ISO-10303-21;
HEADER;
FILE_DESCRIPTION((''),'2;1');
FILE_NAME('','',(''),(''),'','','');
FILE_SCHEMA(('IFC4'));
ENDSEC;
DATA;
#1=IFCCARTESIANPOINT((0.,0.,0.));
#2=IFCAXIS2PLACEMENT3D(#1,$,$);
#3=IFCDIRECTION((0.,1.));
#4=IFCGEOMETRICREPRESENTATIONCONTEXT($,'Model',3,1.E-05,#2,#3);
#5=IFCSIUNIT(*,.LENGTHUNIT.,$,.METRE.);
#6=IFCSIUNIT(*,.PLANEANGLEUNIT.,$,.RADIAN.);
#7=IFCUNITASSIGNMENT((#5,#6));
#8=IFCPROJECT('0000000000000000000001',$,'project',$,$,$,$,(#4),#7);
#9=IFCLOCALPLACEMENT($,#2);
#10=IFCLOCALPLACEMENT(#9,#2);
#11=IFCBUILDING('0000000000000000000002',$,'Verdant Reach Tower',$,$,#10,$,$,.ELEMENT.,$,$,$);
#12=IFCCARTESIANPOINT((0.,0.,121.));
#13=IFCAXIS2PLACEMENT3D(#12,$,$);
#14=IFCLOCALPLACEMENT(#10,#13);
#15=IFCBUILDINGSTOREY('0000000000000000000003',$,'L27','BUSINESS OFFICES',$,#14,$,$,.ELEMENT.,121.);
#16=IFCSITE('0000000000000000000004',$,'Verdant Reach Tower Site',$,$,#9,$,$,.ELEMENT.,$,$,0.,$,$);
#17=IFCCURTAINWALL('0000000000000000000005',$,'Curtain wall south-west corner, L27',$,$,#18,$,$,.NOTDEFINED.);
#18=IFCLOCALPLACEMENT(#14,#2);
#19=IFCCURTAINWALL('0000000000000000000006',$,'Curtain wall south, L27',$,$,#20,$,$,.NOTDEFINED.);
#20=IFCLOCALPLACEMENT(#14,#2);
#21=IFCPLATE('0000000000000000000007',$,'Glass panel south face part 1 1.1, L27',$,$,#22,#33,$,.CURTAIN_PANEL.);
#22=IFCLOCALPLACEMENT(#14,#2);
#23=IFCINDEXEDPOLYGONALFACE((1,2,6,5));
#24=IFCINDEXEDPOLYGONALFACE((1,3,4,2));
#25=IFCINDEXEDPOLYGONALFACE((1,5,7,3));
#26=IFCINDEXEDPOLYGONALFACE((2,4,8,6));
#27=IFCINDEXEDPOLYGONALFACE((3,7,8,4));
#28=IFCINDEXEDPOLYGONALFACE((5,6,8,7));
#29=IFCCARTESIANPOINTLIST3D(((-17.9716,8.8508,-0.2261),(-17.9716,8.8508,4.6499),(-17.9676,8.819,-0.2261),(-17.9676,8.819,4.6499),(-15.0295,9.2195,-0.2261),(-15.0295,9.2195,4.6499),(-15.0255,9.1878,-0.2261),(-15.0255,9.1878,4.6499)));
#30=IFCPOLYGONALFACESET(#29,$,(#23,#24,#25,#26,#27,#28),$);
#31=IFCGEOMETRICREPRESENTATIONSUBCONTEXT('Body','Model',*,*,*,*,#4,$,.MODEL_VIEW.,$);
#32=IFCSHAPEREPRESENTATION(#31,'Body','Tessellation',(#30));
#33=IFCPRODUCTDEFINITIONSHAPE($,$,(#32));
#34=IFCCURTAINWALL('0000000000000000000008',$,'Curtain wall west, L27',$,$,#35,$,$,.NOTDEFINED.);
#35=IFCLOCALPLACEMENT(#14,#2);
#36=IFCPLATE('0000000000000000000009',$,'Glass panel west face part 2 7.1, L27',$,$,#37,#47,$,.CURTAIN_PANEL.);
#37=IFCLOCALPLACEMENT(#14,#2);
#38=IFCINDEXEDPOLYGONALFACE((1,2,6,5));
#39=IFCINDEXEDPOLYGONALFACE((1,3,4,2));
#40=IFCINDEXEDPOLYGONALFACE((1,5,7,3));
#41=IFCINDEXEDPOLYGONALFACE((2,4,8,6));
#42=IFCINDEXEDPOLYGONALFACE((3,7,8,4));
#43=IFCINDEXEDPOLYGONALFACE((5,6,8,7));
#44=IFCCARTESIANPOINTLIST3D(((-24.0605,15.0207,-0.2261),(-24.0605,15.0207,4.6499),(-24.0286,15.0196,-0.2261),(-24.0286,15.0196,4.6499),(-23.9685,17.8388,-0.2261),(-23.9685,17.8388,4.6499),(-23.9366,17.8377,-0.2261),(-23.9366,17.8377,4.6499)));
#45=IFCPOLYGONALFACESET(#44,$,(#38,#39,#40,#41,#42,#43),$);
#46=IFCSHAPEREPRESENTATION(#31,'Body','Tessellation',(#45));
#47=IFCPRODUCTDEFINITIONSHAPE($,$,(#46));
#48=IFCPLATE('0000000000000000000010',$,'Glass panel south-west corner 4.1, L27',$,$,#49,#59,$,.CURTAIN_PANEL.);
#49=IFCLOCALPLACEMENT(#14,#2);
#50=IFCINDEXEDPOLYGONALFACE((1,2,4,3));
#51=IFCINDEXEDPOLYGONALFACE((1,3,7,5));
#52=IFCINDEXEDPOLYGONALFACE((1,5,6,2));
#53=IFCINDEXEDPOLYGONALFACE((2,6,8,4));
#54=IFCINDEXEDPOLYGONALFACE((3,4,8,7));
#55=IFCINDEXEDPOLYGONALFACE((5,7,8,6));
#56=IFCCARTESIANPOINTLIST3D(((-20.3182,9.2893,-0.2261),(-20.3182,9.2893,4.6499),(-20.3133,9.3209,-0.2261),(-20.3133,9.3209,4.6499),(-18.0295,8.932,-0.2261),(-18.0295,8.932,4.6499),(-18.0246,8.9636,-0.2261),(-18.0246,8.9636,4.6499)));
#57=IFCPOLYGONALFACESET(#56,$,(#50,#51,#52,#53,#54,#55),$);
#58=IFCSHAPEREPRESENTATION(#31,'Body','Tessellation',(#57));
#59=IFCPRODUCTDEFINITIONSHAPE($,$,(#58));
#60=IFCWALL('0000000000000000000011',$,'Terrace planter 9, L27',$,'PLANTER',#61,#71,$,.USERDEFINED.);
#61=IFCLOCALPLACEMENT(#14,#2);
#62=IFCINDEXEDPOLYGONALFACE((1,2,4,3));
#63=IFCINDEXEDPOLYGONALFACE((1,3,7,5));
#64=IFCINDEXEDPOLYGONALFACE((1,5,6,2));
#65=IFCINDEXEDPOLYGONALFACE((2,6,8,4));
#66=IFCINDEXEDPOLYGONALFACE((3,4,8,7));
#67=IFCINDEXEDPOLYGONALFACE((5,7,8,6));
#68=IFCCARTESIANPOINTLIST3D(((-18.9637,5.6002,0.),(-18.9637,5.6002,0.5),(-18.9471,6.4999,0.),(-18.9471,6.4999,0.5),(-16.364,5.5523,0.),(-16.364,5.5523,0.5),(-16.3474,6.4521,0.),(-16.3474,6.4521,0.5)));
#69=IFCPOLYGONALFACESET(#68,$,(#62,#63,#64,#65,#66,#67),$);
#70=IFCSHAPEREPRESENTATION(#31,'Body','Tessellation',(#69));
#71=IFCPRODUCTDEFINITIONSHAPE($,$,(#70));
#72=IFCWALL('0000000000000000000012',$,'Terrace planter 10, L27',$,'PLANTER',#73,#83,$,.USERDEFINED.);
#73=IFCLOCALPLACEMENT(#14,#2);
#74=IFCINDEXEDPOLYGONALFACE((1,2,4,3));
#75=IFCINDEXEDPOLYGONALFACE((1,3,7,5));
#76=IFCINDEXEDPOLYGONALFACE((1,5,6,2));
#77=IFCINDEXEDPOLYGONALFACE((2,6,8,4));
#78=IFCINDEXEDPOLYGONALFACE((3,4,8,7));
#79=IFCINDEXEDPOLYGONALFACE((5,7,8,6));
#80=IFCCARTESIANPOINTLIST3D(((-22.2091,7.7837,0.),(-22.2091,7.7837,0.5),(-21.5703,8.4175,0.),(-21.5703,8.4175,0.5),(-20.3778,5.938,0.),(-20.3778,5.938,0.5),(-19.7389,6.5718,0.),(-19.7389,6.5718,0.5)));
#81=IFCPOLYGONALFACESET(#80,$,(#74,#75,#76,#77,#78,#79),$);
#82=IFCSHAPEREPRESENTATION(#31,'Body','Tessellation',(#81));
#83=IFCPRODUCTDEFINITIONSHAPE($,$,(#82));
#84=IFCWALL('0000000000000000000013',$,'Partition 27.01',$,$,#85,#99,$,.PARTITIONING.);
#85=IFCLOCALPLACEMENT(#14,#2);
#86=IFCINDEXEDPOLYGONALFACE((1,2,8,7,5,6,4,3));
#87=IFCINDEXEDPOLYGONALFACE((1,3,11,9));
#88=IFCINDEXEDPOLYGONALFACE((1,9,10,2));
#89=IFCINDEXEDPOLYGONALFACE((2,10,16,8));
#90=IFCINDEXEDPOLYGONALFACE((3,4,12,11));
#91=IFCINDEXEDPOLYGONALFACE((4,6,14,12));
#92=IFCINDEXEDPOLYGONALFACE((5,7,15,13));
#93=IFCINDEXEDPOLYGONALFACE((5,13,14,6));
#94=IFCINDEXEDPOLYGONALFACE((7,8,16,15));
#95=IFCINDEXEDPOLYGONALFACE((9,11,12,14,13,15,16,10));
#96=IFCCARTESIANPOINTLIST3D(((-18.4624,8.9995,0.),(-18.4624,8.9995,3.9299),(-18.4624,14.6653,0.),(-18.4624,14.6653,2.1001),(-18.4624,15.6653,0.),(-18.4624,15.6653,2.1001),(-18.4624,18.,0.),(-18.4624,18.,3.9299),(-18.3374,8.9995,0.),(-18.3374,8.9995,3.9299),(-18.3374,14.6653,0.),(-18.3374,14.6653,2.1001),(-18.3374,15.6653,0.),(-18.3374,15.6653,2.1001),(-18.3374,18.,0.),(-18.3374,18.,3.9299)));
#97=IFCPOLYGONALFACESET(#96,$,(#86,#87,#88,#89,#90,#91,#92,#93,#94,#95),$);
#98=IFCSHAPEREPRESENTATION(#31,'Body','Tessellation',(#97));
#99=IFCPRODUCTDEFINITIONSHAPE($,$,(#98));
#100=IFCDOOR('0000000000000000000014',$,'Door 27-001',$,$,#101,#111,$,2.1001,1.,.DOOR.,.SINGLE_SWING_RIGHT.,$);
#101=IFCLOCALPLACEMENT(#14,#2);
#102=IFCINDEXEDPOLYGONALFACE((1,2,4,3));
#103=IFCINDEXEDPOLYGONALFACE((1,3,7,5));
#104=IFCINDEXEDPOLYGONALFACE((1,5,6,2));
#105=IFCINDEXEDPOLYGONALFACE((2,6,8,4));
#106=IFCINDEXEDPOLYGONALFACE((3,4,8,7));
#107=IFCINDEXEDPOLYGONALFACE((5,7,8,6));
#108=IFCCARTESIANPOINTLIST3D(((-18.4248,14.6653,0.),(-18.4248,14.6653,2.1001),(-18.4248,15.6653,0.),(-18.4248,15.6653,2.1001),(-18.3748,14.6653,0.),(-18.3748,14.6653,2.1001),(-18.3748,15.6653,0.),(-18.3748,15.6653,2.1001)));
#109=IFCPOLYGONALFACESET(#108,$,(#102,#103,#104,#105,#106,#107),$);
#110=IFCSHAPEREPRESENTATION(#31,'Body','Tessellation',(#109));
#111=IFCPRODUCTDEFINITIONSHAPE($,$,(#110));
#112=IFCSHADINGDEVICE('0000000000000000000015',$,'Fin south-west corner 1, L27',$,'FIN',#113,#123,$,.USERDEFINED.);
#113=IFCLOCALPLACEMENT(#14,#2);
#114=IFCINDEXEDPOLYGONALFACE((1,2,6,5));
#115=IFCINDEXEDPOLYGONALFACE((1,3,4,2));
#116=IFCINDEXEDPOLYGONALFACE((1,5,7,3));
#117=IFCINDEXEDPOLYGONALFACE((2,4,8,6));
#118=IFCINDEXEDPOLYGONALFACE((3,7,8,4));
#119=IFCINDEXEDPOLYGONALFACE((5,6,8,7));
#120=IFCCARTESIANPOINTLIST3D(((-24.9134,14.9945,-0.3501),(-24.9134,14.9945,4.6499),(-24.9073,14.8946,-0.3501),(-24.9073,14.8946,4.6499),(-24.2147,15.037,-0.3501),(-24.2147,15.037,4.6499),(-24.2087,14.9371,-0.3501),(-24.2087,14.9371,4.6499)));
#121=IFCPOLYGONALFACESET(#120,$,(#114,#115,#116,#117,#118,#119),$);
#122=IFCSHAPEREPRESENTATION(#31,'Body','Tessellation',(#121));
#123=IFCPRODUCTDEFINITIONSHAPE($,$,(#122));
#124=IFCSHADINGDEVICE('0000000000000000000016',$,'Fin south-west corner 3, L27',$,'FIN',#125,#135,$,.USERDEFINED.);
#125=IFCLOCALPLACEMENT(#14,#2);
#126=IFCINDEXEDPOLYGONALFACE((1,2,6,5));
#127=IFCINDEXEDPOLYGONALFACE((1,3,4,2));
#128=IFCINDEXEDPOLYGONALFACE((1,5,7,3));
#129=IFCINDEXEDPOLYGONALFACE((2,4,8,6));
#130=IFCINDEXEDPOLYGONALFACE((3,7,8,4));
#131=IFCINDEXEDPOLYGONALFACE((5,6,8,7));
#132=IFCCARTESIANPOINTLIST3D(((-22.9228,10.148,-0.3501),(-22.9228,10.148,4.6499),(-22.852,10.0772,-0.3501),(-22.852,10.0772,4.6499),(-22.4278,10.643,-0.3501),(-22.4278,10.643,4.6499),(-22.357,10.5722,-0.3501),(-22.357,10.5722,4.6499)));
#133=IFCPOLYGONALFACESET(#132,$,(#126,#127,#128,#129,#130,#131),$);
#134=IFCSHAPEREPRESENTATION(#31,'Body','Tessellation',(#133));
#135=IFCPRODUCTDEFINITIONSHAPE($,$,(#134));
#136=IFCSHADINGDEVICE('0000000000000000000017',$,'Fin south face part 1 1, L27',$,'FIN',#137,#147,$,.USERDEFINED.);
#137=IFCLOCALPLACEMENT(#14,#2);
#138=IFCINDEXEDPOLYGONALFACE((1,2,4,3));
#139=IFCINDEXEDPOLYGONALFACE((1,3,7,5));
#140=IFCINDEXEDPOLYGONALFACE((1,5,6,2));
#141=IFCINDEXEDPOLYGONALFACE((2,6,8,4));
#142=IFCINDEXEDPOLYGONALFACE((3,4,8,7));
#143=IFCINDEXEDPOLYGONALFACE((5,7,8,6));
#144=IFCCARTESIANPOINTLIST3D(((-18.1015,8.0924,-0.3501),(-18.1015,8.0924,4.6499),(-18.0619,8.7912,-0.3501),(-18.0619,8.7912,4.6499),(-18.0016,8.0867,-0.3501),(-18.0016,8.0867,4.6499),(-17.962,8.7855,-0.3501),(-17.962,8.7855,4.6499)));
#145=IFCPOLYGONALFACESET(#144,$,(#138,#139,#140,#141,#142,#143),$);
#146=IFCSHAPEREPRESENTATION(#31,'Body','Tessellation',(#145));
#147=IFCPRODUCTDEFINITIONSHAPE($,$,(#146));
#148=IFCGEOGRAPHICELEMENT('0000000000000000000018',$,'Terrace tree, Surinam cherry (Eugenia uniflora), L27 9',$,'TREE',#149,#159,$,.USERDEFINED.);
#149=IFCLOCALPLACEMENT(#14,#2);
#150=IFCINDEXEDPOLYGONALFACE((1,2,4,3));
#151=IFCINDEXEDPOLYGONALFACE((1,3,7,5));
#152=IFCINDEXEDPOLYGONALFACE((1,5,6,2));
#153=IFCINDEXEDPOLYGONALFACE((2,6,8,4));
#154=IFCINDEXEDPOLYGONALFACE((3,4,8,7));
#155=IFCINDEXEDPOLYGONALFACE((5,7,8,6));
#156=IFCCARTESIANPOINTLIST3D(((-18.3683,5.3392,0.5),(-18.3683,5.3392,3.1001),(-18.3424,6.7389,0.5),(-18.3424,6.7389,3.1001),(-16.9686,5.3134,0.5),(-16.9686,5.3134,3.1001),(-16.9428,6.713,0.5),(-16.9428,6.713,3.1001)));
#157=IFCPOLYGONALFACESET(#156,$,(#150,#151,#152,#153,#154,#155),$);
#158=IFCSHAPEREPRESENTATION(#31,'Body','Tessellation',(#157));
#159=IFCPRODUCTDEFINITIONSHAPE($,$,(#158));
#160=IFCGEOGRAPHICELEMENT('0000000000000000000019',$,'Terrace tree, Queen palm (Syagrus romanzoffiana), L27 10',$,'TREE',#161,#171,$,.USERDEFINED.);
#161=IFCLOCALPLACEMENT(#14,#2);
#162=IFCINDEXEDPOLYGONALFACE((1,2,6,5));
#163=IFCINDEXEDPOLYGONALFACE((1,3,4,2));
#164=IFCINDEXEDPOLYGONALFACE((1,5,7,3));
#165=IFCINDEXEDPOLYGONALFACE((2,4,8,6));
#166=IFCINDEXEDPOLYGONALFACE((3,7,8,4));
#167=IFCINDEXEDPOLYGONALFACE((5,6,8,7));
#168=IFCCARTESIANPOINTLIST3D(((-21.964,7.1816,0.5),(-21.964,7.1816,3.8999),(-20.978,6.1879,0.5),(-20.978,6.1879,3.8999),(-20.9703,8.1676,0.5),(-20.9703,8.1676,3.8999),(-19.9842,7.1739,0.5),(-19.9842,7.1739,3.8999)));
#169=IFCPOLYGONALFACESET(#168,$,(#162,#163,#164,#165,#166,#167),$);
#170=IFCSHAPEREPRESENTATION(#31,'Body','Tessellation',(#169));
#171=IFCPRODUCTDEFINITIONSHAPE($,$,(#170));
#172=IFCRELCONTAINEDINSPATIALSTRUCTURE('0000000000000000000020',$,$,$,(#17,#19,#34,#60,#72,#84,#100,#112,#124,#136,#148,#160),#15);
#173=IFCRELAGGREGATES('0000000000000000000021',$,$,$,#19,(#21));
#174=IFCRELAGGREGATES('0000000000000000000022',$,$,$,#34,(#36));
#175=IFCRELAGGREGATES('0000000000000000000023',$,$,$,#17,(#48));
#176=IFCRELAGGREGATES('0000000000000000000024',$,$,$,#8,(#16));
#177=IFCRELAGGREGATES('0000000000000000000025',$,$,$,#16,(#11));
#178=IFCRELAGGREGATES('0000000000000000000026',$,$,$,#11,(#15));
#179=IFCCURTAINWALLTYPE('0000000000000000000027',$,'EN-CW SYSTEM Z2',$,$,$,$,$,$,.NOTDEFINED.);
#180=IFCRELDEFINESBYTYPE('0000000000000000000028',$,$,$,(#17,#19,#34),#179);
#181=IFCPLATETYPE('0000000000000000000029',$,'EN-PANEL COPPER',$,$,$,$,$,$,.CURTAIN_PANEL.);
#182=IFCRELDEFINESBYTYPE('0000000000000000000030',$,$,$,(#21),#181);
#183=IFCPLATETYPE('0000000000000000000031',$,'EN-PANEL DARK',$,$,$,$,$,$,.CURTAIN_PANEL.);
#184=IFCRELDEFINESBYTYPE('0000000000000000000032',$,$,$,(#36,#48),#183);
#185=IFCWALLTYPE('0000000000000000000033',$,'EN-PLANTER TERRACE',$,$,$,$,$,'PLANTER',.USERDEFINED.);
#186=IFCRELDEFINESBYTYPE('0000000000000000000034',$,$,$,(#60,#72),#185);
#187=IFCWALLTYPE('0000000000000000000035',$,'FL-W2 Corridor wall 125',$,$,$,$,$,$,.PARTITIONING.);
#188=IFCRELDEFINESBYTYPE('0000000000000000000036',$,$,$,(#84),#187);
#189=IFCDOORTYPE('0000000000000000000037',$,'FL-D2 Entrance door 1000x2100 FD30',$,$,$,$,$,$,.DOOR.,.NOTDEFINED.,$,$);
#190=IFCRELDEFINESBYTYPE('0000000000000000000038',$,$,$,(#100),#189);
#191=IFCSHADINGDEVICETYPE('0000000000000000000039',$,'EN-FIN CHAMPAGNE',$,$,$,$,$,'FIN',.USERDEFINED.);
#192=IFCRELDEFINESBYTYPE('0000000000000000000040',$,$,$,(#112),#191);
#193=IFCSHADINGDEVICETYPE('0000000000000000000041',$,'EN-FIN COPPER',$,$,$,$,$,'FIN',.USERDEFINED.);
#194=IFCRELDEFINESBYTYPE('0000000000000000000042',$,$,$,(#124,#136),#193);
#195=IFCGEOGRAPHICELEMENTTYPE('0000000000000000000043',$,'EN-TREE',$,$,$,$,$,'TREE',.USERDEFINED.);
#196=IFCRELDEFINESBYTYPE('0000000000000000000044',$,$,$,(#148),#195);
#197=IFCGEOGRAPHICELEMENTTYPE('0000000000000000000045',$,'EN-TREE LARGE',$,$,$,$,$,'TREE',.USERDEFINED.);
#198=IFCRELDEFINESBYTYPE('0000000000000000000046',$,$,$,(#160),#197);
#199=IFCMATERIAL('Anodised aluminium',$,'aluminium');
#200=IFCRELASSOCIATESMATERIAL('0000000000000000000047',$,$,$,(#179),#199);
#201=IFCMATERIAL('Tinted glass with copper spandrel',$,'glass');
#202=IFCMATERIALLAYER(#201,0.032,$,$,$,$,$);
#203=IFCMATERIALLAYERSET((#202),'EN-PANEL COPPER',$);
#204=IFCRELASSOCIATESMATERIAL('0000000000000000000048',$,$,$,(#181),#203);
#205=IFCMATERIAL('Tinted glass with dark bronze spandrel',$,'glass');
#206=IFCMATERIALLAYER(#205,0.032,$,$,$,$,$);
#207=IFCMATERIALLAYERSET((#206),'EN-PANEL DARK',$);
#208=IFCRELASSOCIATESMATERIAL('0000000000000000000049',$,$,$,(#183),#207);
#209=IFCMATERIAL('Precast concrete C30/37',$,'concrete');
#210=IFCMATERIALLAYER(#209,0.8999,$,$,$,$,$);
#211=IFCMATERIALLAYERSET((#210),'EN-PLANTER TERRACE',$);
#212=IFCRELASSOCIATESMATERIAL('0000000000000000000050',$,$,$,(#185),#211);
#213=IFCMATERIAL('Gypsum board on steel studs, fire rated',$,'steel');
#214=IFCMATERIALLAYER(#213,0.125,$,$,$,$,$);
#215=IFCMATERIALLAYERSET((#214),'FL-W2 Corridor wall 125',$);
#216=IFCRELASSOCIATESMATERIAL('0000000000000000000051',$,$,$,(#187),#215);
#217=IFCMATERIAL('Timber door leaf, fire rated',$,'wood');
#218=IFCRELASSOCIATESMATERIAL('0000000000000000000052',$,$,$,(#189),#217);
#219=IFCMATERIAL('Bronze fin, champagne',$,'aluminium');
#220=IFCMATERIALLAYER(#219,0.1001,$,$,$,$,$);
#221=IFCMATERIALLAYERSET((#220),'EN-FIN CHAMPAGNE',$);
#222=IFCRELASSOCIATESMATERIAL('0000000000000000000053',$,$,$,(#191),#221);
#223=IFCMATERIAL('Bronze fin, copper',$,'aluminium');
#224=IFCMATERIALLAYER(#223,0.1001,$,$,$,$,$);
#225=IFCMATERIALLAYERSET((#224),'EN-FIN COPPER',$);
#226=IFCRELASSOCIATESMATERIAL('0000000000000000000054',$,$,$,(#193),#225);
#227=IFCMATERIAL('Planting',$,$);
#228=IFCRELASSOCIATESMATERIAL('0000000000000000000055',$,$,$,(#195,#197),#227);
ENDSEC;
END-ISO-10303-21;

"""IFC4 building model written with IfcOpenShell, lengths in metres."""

from ifc_helpers import new_model, si_unit, direction, frame, frame_2d, origin, origin_2d, place, context, subcontext, project, spatial, rectangle, extrude, material, layer, layer_set, type_object, element, fill, aggregate, save


model = new_model("IFC4")

# Units and contexts
model_context = context("Model", 3, precision=1e-05, world=origin(), true_north=direction((0.0, 1.0)))
body_context = subcontext(model_context, "Body", "Model", "MODEL_VIEW")
ifc_project = project(units=[si_unit("LENGTHUNIT", "METRE"), si_unit("PLANEANGLEUNIT", "RADIAN")], contexts=[model_context])

# Site, building, storey
site_placement = place(None, origin())
site = spatial("IfcSite", under=ifc_project, at=site_placement, Name="Verdant Reach Tower Site", CompositionType="ELEMENT", RefElevation=0.0)
building_placement = place(site_placement, origin())
building = spatial("IfcBuilding", under=site, at=building_placement, Name="Verdant Reach Tower", CompositionType="ELEMENT")
storey_placement = place(building_placement, frame((0.0, 0.0, 121.0)))
storey = spatial("IfcBuildingStorey", under=building, at=storey_placement, Name="L27", Description="BUSINESS OFFICES", CompositionType="ELEMENT", Elevation=121.0)

# Curtain walls
ifc_material_1 = material(Name="Anodised aluminium", Category="aluminium")
curtain_wall_type = type_object("IfcCurtainWallType", Name="EN-CW SYSTEM Z2", PredefinedType="NOTDEFINED", material=ifc_material_1)
curtain_wall_1_placement = place(storey_placement, origin())
curtain_wall_1 = element("IfcCurtainWall", 1, at=curtain_wall_1_placement, inside=storey, type_object=curtain_wall_type, Name="Curtain wall south-west corner, L27", PredefinedType="NOTDEFINED")
curtain_wall_2_placement = place(storey_placement, origin())
curtain_wall_2 = element("IfcCurtainWall", 2, at=curtain_wall_2_placement, inside=storey, type_object=curtain_wall_type, Name="Curtain wall south, L27", PredefinedType="NOTDEFINED")

# Plate
ifc_material_2 = material(Name="Tinted glass with copper spandrel", Category="glass")
ifc_layer_1 = layer(ifc_material_2, 0.032)
ifc_layer_set_1 = layer_set([ifc_layer_1], Name="EN-PANEL COPPER")
plate_type_1 = type_object("IfcPlateType", Name="EN-PANEL COPPER", PredefinedType="CURTAIN_PANEL", material=ifc_layer_set_1)
plate_1_placement = place(storey_placement, frame((-16.4985, 9.0193, -0.2261), z_axis=(0.0, 0.0, 1.0), x_axis=(0.992237, 0.124365, 0.0)))
plate_1 = element("IfcPlate", 3, at=plate_1_placement, type_object=plate_type_1, Name="Glass panel south face part 1 1.1, L27", PredefinedType="CURTAIN_PANEL", context=body_context, shape_type="SweptSolid", body=[
    extrude(rectangle(XDim=2.9651, YDim=0.032, at=origin_2d()), origin(), (0.0, 0.0, 1.0), 4.876),
])
aggregate(curtain_wall_2, [plate_1])

# Curtain wall, plate
curtain_wall_3_placement = place(storey_placement, origin())
curtain_wall_3 = element("IfcCurtainWall", 4, at=curtain_wall_3_placement, inside=storey, type_object=curtain_wall_type, Name="Curtain wall west, L27", PredefinedType="NOTDEFINED")
ifc_material_3 = material(Name="Tinted glass with dark bronze spandrel", Category="glass")
ifc_layer_2 = layer(ifc_material_3, 0.032)
ifc_layer_set_2 = layer_set([ifc_layer_2], Name="EN-PANEL DARK")
plate_type_2 = type_object("IfcPlateType", Name="EN-PANEL DARK", PredefinedType="CURTAIN_PANEL", material=ifc_layer_set_2)
plate_2_placement = place(storey_placement, frame((-23.9985, 16.4292, -0.2261), z_axis=(0.0, 0.0, 1.0), x_axis=(-0.032628, -0.999468, 0.0)))
plate_2 = element("IfcPlate", 5, at=plate_2_placement, type_object=plate_type_2, Name="Glass panel west face part 2 7.1, L27", PredefinedType="CURTAIN_PANEL", context=body_context, shape_type="SweptSolid", body=[
    extrude(rectangle(XDim=2.8196, YDim=0.032, at=origin_2d()), origin(), (0.0, 0.0, 1.0), 4.876),
])
aggregate(curtain_wall_3, [plate_2])

# Plate
plate_3_placement = place(storey_placement, frame((-19.1714, 9.1265, -0.2261), z_axis=(0.0, 0.0, 1.0), x_axis=(0.988031, -0.154256, 0.0)))
plate_3 = element("IfcPlate", 6, at=plate_3_placement, type_object=plate_type_2, Name="Glass panel south-west corner 4.1, L27", PredefinedType="CURTAIN_PANEL", context=body_context, shape_type="SweptSolid", body=[
    extrude(rectangle(XDim=2.3164, YDim=0.032, at=origin_2d()), origin(), (0.0, 0.0, 1.0), 4.876),
])
aggregate(curtain_wall_1, [plate_3])

# Walls
ifc_material_4 = material(Name="Precast concrete C30/37", Category="concrete")
ifc_layer_3 = layer(ifc_material_4, 0.8999)
ifc_layer_set_3 = layer_set([ifc_layer_3], Name="EN-PLANTER TERRACE")
wall_type_1 = type_object("IfcWallType", Name="EN-PLANTER TERRACE", ElementType="PLANTER", PredefinedType="USERDEFINED", material=ifc_layer_set_3)
for number, where, z_axis, x_axis, name in (
    (7, (-16.3557, 6.0022, 0.0), (0.0, 0.0, 1.0), (-0.999831, 0.018404, 0.0), "Terrace planter 9, L27"),
    (8, (-20.0583, 6.2549, 0.0), (0.0, 0.0, 1.0), (-0.704331, 0.709871, 0.0), "Terrace planter 10, L27"),
):
    element("IfcWall", number, at=place(storey_placement, frame(where, z_axis=z_axis, x_axis=x_axis)), inside=storey, type_object=wall_type_1, Name=name, ObjectType="PLANTER", PredefinedType="USERDEFINED", context=body_context, shape_type="SweptSolid", body=[
        extrude(rectangle(XDim=2.6001, YDim=0.8999, at=frame_2d((1.3, 0.0))), origin(), (0.0, 0.0, 1.0), 0.5),
    ])

# Wall, opening, door
ifc_material_5 = material(Name="Gypsum board on steel studs, fire rated", Category="steel")
ifc_layer_4 = layer(ifc_material_5, 0.125)
ifc_layer_set_4 = layer_set([ifc_layer_4], Name="FL-W2 Corridor wall 125")
wall_type_2 = type_object("IfcWallType", Name="FL-W2 Corridor wall 125", PredefinedType="PARTITIONING", material=ifc_layer_set_4)
wall_placement = place(storey_placement, frame((-18.3999, 8.9995, 0.0), z_axis=(0.0, 0.0, 1.0), x_axis=(0.0, 1.0, 0.0)))
wall = element("IfcWall", 9, at=wall_placement, inside=storey, type_object=wall_type_2, Name="Partition 27.01", PredefinedType="PARTITIONING", context=body_context, shape_type="SweptSolid", body=[
    extrude(rectangle(XDim=9.0005, YDim=0.125, at=frame_2d((4.5002, 0.0))), origin(), (0.0, 0.0, 1.0), 3.9299),
])
opening_placement = place(wall_placement, frame((5.6658, 0.0, 0.0)))
opening = element("IfcOpeningElement", 10, at=opening_placement, cuts=wall, PredefinedType="OPENING", context=body_context, shape_type="SweptSolid", body=[
    extrude(rectangle(XDim=1.0, YDim=2.1001, at=frame_2d((0.5, 1.05))), frame((0.0, 0.0725, 0.0), z_axis=(0.0, -1.0, 0.0), x_axis=(1.0, 0.0, 0.0)), (0.0, 0.0, 1.0), 0.145),
])
ifc_material_6 = material(Name="Timber door leaf, fire rated", Category="wood")
door_type = type_object("IfcDoorType", Name="FL-D2 Entrance door 1000x2100 FD30", OperationType="NOTDEFINED", PredefinedType="DOOR", material=ifc_material_6)
door_placement = place(opening_placement, origin())
door = element("IfcDoor", 11, at=door_placement, inside=storey, type_object=door_type, Name="Door 27-001", OperationType="SINGLE_SWING_RIGHT", OverallHeight=2.1001, OverallWidth=1.0, PredefinedType="DOOR", context=body_context, shape_type="SweptSolid", body=[
    extrude(rectangle(XDim=1.0, YDim=2.1001, at=frame_2d((0.5, 1.05))), frame((0.0, 0.0249, 0.0), z_axis=(0.0, -1.0, 0.0), x_axis=(1.0, 0.0, 0.0)), (0.0, 0.0, 1.0), 0.05),
])
fill(opening, door)

# Shading devices
ifc_material_7 = material(Name="Bronze fin, champagne", Category="aluminium")
ifc_layer_5 = layer(ifc_material_7, 0.1001)
ifc_layer_set_5 = layer_set([ifc_layer_5], Name="EN-FIN CHAMPAGNE")
shading_device_type_1 = type_object("IfcShadingDeviceType", Name="EN-FIN CHAMPAGNE", ElementType="FIN", PredefinedType="USERDEFINED", material=ifc_layer_set_5)
shading_device_placement = place(storey_placement, frame((-24.561, 14.9658, -0.3501), z_axis=(0.0, 0.0, 1.0), x_axis=(0.060703, -0.998156, 0.0)))
element("IfcShadingDevice", 12, at=shading_device_placement, inside=storey, type_object=shading_device_type_1, Name="Fin south-west corner 1, L27", ObjectType="FIN", PredefinedType="USERDEFINED", context=body_context, shape_type="SweptSolid", body=[
    extrude(rectangle(XDim=0.1001, YDim=0.7, at=origin_2d()), origin(), (0.0, 0.0, 1.0), 5.0),
])
ifc_material_8 = material(Name="Bronze fin, copper", Category="aluminium")
ifc_layer_6 = layer(ifc_material_8, 0.1001)
ifc_layer_set_6 = layer_set([ifc_layer_6], Name="EN-FIN COPPER")
shading_device_type_2 = type_object("IfcShadingDeviceType", Name="EN-FIN COPPER", ElementType="FIN", PredefinedType="USERDEFINED", material=ifc_layer_set_6)
for number, where, z_axis, x_axis, name in (
    (13, (-22.6399, 10.3601, -0.3501), (0.0, 0.0, 1.0), (0.707107, -0.707107, 0.0), "Fin south-west corner 3, L27"),
    (14, (-18.0317, 8.439, -0.3501), (0.0, 0.0, 1.0), (0.998399, -0.056569, 0.0), "Fin south face part 1 1, L27"),
):
    element("IfcShadingDevice", number, at=place(storey_placement, frame(where, z_axis=z_axis, x_axis=x_axis)), inside=storey, type_object=shading_device_type_2, Name=name, ObjectType="FIN", PredefinedType="USERDEFINED", context=body_context, shape_type="SweptSolid", body=[
        extrude(rectangle(XDim=0.1001, YDim=0.7, at=origin_2d()), origin(), (0.0, 0.0, 1.0), 5.0),
    ])

# Geographic elements
ifc_material_9 = material(Name="Planting")
geographic_element_type_1 = type_object("IfcGeographicElementType", Name="EN-TREE", ElementType="TREE", PredefinedType="USERDEFINED", material=ifc_material_9)
geographic_element_1_placement = place(storey_placement, frame((-17.6555, 6.0261, 0.5), z_axis=(0.0, 0.0, 1.0), x_axis=(-0.99983, 0.018449, 0.0)))
element("IfcGeographicElement", 15, at=geographic_element_1_placement, inside=storey, type_object=geographic_element_type_1, Name="Terrace tree, Surinam cherry (Eugenia uniflora), L27 9", ObjectType="TREE", PredefinedType="USERDEFINED", context=body_context, shape_type="SweptSolid", body=[
    extrude(rectangle(XDim=1.3999, YDim=1.3999, at=origin_2d()), origin(), (0.0, 0.0, 1.0), 2.6001),
])
geographic_element_type_2 = type_object("IfcGeographicElementType", Name="EN-TREE LARGE", ElementType="TREE", PredefinedType="USERDEFINED", material=ifc_material_9)
geographic_element_2_placement = place(storey_placement, frame((-20.9741, 7.1777, 0.5), z_axis=(0.0, 0.0, 1.0), x_axis=(-0.704363, 0.70984, 0.0)))
element("IfcGeographicElement", 16, at=geographic_element_2_placement, inside=storey, type_object=geographic_element_type_2, Name="Terrace tree, Queen palm (Syagrus romanzoffiana), L27 10", ObjectType="TREE", PredefinedType="USERDEFINED", context=body_context, shape_type="SweptSolid", body=[
    extrude(rectangle(XDim=1.3999, YDim=1.3999, at=origin_2d()), origin(), (0.0, 0.0, 1.0), 3.3999),
])

save(model, "model.ifc")
